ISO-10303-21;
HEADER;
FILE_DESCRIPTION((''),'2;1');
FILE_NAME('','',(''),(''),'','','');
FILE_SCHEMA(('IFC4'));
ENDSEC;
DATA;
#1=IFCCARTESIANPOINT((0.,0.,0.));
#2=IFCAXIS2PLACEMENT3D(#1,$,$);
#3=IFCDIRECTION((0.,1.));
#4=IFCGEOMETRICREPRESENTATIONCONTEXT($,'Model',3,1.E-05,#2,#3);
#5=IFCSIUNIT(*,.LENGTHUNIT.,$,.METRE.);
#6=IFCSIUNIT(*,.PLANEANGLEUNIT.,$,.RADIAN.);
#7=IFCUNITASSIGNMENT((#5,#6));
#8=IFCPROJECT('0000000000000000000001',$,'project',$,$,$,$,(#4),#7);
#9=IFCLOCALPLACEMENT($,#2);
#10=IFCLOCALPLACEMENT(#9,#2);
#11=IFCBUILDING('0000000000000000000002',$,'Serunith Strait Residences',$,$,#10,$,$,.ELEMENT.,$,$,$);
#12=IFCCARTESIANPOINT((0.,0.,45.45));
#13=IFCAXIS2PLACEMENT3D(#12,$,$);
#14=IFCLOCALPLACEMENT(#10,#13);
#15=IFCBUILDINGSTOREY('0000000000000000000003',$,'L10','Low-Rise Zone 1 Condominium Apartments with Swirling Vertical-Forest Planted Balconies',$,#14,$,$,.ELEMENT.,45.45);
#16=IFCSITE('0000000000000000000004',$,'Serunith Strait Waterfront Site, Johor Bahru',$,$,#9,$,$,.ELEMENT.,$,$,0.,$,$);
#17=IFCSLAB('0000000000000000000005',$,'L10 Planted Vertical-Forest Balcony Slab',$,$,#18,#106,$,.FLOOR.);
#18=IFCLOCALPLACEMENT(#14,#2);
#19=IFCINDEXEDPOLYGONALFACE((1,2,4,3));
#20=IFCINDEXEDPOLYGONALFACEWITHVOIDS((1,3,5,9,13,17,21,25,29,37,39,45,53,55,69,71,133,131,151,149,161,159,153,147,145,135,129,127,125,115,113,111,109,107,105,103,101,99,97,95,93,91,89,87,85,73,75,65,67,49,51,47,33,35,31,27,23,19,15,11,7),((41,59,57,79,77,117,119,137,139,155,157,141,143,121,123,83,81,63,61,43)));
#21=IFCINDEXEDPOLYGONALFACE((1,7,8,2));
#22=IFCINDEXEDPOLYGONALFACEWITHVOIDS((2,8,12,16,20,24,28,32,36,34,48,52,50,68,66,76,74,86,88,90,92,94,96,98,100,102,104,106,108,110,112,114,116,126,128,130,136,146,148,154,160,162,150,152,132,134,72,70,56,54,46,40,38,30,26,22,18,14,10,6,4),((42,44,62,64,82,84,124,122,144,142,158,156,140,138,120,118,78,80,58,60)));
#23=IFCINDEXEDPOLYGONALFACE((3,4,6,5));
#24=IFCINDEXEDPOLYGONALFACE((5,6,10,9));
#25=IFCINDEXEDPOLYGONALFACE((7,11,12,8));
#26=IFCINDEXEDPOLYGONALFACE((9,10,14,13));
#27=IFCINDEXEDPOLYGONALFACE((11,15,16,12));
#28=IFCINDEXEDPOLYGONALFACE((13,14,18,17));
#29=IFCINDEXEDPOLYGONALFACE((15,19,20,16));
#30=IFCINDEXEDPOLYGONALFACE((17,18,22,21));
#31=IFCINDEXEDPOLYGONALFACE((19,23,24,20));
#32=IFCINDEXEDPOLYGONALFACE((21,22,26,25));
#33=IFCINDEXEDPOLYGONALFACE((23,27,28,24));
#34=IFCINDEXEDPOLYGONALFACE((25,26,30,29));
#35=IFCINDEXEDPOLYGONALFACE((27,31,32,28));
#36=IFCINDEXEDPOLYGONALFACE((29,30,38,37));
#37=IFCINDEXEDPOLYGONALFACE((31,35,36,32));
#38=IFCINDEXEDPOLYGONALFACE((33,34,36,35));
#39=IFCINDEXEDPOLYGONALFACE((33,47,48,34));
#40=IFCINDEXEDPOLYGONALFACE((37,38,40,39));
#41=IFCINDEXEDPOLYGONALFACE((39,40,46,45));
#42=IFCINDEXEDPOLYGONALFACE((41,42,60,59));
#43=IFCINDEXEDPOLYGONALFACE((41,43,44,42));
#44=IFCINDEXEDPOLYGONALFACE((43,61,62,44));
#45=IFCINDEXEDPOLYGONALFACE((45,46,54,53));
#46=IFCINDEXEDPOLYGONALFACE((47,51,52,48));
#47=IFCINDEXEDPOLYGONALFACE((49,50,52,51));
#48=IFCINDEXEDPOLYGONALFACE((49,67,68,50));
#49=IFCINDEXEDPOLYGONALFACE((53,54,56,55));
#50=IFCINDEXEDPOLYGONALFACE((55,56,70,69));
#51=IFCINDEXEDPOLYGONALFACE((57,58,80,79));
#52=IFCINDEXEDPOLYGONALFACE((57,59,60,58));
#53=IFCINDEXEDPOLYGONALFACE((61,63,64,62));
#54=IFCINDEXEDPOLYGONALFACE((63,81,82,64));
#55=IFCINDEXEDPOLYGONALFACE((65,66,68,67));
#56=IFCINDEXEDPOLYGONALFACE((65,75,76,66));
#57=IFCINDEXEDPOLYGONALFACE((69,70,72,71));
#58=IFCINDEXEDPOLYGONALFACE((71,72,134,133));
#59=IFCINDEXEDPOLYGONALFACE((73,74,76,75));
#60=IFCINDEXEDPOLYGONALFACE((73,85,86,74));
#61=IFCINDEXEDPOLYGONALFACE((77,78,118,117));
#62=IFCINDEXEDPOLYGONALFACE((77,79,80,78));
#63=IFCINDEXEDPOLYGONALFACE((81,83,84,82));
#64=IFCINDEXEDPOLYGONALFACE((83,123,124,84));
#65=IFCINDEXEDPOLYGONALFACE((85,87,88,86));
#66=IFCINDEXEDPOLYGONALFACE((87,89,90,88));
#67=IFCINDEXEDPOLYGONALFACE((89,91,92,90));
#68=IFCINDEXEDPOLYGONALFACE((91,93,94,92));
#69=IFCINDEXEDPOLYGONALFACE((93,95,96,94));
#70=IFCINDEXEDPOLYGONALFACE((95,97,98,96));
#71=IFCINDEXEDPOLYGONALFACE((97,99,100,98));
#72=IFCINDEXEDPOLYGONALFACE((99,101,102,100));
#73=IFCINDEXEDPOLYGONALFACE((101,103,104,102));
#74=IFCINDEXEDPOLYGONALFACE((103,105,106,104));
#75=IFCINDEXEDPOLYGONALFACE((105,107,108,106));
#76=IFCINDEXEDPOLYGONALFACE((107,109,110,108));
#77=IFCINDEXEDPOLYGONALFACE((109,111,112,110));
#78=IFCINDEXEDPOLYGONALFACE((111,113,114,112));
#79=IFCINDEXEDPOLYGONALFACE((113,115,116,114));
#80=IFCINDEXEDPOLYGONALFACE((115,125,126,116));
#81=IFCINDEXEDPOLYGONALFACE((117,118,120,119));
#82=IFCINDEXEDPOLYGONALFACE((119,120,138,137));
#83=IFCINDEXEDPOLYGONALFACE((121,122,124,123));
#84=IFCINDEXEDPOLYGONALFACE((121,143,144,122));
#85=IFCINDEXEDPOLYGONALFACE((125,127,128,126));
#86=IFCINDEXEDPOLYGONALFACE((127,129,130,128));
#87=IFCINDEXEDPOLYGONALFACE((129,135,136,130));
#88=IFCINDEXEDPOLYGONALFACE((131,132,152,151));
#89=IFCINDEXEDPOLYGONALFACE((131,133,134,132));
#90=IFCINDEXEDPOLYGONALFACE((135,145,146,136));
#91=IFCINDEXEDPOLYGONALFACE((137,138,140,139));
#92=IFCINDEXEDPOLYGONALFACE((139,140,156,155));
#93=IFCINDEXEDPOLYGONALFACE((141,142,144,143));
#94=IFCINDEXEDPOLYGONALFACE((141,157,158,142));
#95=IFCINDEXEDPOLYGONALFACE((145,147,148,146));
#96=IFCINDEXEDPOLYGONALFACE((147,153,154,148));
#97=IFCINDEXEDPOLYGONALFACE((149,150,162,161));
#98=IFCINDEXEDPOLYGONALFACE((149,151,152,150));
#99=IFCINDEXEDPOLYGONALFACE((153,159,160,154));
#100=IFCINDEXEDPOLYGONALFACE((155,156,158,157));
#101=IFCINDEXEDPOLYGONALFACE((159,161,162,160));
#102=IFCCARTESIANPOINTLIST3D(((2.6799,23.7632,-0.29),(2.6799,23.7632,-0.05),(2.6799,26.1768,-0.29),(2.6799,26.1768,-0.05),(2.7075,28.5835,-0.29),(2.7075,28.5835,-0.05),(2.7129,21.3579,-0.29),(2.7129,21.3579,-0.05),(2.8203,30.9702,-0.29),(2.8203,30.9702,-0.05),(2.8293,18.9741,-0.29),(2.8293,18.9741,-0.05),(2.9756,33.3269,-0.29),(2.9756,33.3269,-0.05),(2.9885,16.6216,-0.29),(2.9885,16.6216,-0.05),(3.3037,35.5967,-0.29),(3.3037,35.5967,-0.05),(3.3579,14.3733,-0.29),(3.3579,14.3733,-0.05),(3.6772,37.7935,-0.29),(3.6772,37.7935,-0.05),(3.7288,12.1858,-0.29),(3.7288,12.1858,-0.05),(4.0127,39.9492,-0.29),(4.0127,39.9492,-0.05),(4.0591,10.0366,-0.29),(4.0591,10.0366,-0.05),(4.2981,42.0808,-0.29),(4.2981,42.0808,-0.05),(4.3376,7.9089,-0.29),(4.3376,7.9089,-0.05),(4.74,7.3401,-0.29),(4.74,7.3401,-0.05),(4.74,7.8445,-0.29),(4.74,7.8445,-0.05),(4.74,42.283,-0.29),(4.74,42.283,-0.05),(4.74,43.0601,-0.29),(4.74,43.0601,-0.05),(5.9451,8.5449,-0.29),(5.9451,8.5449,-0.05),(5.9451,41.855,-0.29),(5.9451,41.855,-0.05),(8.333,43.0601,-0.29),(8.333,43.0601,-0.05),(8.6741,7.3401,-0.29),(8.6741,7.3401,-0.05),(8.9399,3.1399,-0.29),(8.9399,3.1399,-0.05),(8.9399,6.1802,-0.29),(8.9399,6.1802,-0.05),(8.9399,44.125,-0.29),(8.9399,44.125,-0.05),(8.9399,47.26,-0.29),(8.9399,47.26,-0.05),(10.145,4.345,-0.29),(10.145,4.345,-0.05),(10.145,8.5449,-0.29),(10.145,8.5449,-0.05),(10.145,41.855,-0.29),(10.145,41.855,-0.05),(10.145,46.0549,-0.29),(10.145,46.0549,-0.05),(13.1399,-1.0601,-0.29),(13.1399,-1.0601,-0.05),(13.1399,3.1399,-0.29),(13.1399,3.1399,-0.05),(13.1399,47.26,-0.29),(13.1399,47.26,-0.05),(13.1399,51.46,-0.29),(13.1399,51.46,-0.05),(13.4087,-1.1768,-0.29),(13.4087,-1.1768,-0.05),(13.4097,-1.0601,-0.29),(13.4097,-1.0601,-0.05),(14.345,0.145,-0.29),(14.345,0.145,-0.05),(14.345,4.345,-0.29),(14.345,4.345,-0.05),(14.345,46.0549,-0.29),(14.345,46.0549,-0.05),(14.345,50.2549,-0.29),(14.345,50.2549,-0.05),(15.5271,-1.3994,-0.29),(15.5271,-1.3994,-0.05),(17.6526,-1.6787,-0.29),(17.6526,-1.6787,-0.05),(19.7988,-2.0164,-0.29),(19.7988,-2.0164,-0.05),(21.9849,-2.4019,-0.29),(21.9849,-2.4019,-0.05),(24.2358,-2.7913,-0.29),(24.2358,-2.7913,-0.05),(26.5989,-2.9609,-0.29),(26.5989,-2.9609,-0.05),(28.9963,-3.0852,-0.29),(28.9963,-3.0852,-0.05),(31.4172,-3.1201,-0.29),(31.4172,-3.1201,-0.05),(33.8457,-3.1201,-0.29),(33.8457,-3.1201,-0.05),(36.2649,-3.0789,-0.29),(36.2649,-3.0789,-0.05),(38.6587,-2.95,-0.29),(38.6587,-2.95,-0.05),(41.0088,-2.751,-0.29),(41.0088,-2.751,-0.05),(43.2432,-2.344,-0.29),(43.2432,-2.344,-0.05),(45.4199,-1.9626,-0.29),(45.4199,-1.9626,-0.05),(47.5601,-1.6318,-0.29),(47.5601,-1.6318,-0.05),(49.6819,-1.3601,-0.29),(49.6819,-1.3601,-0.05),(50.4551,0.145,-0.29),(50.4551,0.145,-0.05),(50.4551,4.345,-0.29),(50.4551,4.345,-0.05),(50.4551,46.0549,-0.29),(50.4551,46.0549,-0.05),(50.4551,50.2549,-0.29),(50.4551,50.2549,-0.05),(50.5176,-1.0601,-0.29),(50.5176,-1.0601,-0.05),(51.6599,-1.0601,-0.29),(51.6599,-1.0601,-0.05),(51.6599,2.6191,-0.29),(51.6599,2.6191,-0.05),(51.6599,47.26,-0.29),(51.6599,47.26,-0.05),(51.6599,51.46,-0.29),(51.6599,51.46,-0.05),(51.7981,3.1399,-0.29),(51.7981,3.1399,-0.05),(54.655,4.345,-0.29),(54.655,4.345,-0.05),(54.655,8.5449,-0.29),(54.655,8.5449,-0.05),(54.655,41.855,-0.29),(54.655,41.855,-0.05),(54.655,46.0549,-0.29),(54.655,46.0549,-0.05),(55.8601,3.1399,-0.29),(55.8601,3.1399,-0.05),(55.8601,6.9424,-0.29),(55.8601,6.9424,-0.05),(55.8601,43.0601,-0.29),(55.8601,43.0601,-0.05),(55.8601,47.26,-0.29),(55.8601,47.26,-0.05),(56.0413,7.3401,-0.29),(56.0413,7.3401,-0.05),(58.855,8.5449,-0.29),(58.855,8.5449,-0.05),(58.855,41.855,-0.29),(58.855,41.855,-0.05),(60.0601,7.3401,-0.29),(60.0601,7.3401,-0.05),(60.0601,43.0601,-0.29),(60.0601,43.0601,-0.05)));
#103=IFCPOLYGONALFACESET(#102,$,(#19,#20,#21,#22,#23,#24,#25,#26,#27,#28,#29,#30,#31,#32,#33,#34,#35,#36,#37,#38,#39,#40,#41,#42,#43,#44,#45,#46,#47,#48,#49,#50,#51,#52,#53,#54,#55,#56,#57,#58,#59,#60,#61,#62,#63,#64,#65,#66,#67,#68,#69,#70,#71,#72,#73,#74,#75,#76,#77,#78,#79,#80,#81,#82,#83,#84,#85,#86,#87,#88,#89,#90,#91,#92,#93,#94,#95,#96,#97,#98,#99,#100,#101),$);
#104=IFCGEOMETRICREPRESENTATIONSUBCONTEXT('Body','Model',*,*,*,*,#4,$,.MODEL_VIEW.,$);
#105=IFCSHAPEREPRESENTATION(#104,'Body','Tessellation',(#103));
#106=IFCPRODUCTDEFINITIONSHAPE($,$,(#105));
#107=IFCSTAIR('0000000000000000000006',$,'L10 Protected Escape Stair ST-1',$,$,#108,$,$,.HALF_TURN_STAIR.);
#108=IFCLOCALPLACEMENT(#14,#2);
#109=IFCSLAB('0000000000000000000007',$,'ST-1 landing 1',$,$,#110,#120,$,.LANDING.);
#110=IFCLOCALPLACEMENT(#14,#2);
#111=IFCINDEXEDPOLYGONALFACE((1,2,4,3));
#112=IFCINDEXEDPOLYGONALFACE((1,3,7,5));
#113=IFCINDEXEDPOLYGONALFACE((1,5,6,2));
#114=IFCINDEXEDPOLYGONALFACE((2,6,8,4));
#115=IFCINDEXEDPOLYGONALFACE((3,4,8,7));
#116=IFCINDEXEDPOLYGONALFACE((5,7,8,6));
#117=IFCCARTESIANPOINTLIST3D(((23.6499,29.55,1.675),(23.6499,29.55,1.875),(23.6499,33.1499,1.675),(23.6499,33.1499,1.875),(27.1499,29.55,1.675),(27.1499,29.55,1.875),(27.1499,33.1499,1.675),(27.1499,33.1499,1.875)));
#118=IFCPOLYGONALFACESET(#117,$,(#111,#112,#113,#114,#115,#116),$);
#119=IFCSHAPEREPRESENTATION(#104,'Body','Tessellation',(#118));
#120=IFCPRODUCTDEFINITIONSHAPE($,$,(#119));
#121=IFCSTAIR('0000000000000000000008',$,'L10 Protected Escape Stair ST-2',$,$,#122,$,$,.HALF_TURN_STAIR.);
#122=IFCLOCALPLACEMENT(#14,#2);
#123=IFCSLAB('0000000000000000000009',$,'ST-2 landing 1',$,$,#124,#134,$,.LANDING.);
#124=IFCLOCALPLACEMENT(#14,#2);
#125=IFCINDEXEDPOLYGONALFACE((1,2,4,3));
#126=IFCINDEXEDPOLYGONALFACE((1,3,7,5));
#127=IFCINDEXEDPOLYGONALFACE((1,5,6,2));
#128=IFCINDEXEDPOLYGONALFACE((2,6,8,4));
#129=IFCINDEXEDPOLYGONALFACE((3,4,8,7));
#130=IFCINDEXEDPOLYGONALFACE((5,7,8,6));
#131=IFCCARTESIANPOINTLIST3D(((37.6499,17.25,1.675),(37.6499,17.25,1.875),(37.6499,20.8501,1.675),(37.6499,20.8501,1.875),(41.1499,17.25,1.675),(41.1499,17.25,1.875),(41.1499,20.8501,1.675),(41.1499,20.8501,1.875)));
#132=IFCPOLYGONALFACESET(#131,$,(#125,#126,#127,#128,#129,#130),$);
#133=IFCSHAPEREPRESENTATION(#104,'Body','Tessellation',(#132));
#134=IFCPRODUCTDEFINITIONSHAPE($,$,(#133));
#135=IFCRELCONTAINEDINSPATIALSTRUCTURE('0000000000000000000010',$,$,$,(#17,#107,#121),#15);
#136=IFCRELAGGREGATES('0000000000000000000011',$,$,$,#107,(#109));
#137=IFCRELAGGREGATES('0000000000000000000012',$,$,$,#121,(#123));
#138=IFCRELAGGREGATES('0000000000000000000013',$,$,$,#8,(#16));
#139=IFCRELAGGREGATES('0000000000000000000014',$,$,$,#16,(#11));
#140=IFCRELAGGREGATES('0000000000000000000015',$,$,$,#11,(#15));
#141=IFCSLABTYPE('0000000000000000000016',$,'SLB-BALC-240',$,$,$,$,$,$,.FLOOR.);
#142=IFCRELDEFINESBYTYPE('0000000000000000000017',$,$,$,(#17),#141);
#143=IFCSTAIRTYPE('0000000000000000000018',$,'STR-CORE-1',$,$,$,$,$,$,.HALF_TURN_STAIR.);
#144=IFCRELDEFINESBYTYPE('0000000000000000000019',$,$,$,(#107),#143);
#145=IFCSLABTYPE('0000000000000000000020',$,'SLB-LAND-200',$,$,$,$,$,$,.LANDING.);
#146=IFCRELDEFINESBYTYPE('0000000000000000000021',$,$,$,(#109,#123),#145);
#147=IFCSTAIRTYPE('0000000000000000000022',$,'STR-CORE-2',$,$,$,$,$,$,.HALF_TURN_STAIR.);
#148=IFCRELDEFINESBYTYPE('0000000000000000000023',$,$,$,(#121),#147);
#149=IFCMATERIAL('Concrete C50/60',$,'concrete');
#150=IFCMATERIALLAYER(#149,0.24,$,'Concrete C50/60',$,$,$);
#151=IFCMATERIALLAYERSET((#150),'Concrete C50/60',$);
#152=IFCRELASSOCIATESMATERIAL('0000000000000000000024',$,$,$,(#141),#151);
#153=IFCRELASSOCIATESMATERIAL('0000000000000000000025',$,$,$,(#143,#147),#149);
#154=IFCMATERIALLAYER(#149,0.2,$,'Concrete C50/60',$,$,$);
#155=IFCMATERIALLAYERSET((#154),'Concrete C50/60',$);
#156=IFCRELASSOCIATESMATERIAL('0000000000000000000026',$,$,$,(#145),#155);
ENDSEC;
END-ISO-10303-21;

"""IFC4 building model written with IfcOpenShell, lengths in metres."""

from ifc_helpers import new_model, si_unit, direction, frame, origin, place, context, subcontext, project, spatial, polyline, outline, extrude, material, layer, layer_set, type_object, element, aggregate, save


model = new_model("IFC4")

# Units and contexts
model_context = context("Model", 3, precision=1e-05, world=origin(), true_north=direction((0.0, 1.0)))
body_context = subcontext(model_context, "Body", "Model", "MODEL_VIEW")
ifc_project = project(units=[si_unit("LENGTHUNIT", "METRE"), si_unit("PLANEANGLEUNIT", "RADIAN")], contexts=[model_context])

# Site, building, storey
site_placement = place(None, origin())
site = spatial("IfcSite", under=ifc_project, at=site_placement, Name="Serunith Strait Waterfront Site, Johor Bahru", CompositionType="ELEMENT", RefElevation=0.0)
building_placement = place(site_placement, origin())
building = spatial("IfcBuilding", under=site, at=building_placement, Name="Serunith Strait Residences", CompositionType="ELEMENT")
storey_placement = place(building_placement, frame((0.0, 0.0, 45.45)))
storey = spatial("IfcBuildingStorey", under=building, at=storey_placement, Name="L10", Description="Low-Rise Zone 1 Condominium Apartments with Swirling Vertical-Forest Planted Balconies", CompositionType="ELEMENT", Elevation=45.45)

# Slab
ifc_material_1 = material(Name="Concrete C50/60", Category="concrete")
ifc_layer_1 = layer(ifc_material_1, 0.24, Name="Concrete C50/60")
ifc_layer_set_1 = layer_set([ifc_layer_1], Name="Concrete C50/60")
slab_type_1 = type_object("IfcSlabType", Name="SLB-BALC-240", PredefinedType="FLOOR", material=ifc_layer_set_1)
slab_1_placement = place(storey_placement, frame((0.0, 0.0, -0.29)))
element("IfcSlab", 1, at=slab_1_placement, inside=storey, type_object=slab_type_1, Name="L10 Planted Vertical-Forest Balcony Slab", PredefinedType="FLOOR", context=body_context, shape_type="SweptSolid", body=[
    extrude(outline(polyline([(13.1399, 3.1399), (8.9399, 3.1399), (8.9399, 6.1802), (8.6741, 7.3401), (4.74, 7.3401), (4.74, 7.8445), (4.3376, 7.9089), (4.0591, 10.0366), (3.7288, 12.1858), (3.3579, 14.3733), (2.9885, 16.6216), (2.8293, 18.9741), (2.7129, 21.3579), (2.6799, 23.7632), (2.6799, 26.1768), (2.7075, 28.5835), (2.8203, 30.9702), (2.9756, 33.3269), (3.3037, 35.5967), (3.6772, 37.7935), (4.0127, 39.9492), (4.2981, 42.0808), (4.74, 42.283), (4.74, 43.0601), (8.333, 43.0601), (8.9399, 44.125), (8.9399, 47.26), (13.1399, 47.26), (13.1399, 51.46), (51.6599, 51.46), (51.6599, 47.26), (55.8601, 47.26), (55.8601, 43.0601), (60.0601, 43.0601), (60.0601, 7.3401), (56.0413, 7.3401), (55.8601, 6.9424), (55.8601, 3.1399), (51.7981, 3.1399), (51.6599, 2.6191), (51.6599, -1.0601), (50.5176, -1.0601), (49.6819, -1.3601), (47.5601, -1.6318), (45.4199, -1.9626), (43.2432, -2.344), (41.0088, -2.751), (38.6587, -2.95), (36.2649, -3.0789), (33.8457, -3.1201), (31.4172, -3.1201), (28.9963, -3.0852), (26.5989, -2.9609), (24.2358, -2.7913), (21.9849, -2.4019), (19.7988, -2.0164), (17.6526, -1.6787), (15.5271, -1.3994), (13.4087, -1.1768), (13.4097, -1.0601), (13.1399, -1.0601), (13.1399, 3.1399)]), holes=[polyline([(50.4551, 0.145), (50.4551, 4.345), (54.655, 4.345), (54.655, 8.5449), (58.855, 8.5449), (58.855, 41.855), (54.655, 41.855), (54.655, 46.0549), (50.4551, 46.0549), (50.4551, 50.2549), (14.345, 50.2549), (14.345, 46.0549), (10.145, 46.0549), (10.145, 41.855), (5.9451, 41.855), (5.9451, 8.5449), (10.145, 8.5449), (10.145, 4.345), (14.345, 4.345), (14.345, 0.145), (50.4551, 0.145)])]), origin(), (0.0, 0.0, 1.0), 0.24),
])

# Stairs, slabs
stair_type_1 = type_object("IfcStairType", Name="STR-CORE-1", PredefinedType="HALF_TURN_STAIR", material=ifc_material_1)
stair_1_placement = place(storey_placement, origin())
stair_1 = element("IfcStair", 2, at=stair_1_placement, inside=storey, type_object=stair_type_1, Name="L10 Protected Escape Stair ST-1", PredefinedType="HALF_TURN_STAIR")
ifc_layer_2 = layer(ifc_material_1, 0.2, Name="Concrete C50/60")
ifc_layer_set_2 = layer_set([ifc_layer_2], Name="Concrete C50/60")
slab_type_2 = type_object("IfcSlabType", Name="SLB-LAND-200", PredefinedType="LANDING", material=ifc_layer_set_2)
slab_2_placement = place(storey_placement, frame((0.0, 0.0, 1.675)))
slab_2 = element("IfcSlab", 3, at=slab_2_placement, type_object=slab_type_2, Name="ST-1 landing 1", PredefinedType="LANDING", context=body_context, shape_type="SweptSolid", body=[
    extrude(outline(polyline([(27.1499, 29.55), (27.1499, 33.1499), (23.6499, 33.1499), (23.6499, 29.55), (27.1499, 29.55)])), origin(), (0.0, 0.0, 1.0), 0.2),
])
aggregate(stair_1, [slab_2])
stair_type_2 = type_object("IfcStairType", Name="STR-CORE-2", PredefinedType="HALF_TURN_STAIR", material=ifc_material_1)
stair_2_placement = place(storey_placement, origin())
stair_2 = element("IfcStair", 4, at=stair_2_placement, inside=storey, type_object=stair_type_2, Name="L10 Protected Escape Stair ST-2", PredefinedType="HALF_TURN_STAIR")
slab_3_placement = place(storey_placement, frame((0.0, 0.0, 1.675)))
slab_3 = element("IfcSlab", 5, at=slab_3_placement, type_object=slab_type_2, Name="ST-2 landing 1", PredefinedType="LANDING", context=body_context, shape_type="SweptSolid", body=[
    extrude(outline(polyline([(37.6499, 20.8501), (37.6499, 17.25), (41.1499, 17.25), (41.1499, 20.8501), (37.6499, 20.8501)])), origin(), (0.0, 0.0, 1.0), 0.2),
])
aggregate(stair_2, [slab_3])

save(model, "model.ifc")
